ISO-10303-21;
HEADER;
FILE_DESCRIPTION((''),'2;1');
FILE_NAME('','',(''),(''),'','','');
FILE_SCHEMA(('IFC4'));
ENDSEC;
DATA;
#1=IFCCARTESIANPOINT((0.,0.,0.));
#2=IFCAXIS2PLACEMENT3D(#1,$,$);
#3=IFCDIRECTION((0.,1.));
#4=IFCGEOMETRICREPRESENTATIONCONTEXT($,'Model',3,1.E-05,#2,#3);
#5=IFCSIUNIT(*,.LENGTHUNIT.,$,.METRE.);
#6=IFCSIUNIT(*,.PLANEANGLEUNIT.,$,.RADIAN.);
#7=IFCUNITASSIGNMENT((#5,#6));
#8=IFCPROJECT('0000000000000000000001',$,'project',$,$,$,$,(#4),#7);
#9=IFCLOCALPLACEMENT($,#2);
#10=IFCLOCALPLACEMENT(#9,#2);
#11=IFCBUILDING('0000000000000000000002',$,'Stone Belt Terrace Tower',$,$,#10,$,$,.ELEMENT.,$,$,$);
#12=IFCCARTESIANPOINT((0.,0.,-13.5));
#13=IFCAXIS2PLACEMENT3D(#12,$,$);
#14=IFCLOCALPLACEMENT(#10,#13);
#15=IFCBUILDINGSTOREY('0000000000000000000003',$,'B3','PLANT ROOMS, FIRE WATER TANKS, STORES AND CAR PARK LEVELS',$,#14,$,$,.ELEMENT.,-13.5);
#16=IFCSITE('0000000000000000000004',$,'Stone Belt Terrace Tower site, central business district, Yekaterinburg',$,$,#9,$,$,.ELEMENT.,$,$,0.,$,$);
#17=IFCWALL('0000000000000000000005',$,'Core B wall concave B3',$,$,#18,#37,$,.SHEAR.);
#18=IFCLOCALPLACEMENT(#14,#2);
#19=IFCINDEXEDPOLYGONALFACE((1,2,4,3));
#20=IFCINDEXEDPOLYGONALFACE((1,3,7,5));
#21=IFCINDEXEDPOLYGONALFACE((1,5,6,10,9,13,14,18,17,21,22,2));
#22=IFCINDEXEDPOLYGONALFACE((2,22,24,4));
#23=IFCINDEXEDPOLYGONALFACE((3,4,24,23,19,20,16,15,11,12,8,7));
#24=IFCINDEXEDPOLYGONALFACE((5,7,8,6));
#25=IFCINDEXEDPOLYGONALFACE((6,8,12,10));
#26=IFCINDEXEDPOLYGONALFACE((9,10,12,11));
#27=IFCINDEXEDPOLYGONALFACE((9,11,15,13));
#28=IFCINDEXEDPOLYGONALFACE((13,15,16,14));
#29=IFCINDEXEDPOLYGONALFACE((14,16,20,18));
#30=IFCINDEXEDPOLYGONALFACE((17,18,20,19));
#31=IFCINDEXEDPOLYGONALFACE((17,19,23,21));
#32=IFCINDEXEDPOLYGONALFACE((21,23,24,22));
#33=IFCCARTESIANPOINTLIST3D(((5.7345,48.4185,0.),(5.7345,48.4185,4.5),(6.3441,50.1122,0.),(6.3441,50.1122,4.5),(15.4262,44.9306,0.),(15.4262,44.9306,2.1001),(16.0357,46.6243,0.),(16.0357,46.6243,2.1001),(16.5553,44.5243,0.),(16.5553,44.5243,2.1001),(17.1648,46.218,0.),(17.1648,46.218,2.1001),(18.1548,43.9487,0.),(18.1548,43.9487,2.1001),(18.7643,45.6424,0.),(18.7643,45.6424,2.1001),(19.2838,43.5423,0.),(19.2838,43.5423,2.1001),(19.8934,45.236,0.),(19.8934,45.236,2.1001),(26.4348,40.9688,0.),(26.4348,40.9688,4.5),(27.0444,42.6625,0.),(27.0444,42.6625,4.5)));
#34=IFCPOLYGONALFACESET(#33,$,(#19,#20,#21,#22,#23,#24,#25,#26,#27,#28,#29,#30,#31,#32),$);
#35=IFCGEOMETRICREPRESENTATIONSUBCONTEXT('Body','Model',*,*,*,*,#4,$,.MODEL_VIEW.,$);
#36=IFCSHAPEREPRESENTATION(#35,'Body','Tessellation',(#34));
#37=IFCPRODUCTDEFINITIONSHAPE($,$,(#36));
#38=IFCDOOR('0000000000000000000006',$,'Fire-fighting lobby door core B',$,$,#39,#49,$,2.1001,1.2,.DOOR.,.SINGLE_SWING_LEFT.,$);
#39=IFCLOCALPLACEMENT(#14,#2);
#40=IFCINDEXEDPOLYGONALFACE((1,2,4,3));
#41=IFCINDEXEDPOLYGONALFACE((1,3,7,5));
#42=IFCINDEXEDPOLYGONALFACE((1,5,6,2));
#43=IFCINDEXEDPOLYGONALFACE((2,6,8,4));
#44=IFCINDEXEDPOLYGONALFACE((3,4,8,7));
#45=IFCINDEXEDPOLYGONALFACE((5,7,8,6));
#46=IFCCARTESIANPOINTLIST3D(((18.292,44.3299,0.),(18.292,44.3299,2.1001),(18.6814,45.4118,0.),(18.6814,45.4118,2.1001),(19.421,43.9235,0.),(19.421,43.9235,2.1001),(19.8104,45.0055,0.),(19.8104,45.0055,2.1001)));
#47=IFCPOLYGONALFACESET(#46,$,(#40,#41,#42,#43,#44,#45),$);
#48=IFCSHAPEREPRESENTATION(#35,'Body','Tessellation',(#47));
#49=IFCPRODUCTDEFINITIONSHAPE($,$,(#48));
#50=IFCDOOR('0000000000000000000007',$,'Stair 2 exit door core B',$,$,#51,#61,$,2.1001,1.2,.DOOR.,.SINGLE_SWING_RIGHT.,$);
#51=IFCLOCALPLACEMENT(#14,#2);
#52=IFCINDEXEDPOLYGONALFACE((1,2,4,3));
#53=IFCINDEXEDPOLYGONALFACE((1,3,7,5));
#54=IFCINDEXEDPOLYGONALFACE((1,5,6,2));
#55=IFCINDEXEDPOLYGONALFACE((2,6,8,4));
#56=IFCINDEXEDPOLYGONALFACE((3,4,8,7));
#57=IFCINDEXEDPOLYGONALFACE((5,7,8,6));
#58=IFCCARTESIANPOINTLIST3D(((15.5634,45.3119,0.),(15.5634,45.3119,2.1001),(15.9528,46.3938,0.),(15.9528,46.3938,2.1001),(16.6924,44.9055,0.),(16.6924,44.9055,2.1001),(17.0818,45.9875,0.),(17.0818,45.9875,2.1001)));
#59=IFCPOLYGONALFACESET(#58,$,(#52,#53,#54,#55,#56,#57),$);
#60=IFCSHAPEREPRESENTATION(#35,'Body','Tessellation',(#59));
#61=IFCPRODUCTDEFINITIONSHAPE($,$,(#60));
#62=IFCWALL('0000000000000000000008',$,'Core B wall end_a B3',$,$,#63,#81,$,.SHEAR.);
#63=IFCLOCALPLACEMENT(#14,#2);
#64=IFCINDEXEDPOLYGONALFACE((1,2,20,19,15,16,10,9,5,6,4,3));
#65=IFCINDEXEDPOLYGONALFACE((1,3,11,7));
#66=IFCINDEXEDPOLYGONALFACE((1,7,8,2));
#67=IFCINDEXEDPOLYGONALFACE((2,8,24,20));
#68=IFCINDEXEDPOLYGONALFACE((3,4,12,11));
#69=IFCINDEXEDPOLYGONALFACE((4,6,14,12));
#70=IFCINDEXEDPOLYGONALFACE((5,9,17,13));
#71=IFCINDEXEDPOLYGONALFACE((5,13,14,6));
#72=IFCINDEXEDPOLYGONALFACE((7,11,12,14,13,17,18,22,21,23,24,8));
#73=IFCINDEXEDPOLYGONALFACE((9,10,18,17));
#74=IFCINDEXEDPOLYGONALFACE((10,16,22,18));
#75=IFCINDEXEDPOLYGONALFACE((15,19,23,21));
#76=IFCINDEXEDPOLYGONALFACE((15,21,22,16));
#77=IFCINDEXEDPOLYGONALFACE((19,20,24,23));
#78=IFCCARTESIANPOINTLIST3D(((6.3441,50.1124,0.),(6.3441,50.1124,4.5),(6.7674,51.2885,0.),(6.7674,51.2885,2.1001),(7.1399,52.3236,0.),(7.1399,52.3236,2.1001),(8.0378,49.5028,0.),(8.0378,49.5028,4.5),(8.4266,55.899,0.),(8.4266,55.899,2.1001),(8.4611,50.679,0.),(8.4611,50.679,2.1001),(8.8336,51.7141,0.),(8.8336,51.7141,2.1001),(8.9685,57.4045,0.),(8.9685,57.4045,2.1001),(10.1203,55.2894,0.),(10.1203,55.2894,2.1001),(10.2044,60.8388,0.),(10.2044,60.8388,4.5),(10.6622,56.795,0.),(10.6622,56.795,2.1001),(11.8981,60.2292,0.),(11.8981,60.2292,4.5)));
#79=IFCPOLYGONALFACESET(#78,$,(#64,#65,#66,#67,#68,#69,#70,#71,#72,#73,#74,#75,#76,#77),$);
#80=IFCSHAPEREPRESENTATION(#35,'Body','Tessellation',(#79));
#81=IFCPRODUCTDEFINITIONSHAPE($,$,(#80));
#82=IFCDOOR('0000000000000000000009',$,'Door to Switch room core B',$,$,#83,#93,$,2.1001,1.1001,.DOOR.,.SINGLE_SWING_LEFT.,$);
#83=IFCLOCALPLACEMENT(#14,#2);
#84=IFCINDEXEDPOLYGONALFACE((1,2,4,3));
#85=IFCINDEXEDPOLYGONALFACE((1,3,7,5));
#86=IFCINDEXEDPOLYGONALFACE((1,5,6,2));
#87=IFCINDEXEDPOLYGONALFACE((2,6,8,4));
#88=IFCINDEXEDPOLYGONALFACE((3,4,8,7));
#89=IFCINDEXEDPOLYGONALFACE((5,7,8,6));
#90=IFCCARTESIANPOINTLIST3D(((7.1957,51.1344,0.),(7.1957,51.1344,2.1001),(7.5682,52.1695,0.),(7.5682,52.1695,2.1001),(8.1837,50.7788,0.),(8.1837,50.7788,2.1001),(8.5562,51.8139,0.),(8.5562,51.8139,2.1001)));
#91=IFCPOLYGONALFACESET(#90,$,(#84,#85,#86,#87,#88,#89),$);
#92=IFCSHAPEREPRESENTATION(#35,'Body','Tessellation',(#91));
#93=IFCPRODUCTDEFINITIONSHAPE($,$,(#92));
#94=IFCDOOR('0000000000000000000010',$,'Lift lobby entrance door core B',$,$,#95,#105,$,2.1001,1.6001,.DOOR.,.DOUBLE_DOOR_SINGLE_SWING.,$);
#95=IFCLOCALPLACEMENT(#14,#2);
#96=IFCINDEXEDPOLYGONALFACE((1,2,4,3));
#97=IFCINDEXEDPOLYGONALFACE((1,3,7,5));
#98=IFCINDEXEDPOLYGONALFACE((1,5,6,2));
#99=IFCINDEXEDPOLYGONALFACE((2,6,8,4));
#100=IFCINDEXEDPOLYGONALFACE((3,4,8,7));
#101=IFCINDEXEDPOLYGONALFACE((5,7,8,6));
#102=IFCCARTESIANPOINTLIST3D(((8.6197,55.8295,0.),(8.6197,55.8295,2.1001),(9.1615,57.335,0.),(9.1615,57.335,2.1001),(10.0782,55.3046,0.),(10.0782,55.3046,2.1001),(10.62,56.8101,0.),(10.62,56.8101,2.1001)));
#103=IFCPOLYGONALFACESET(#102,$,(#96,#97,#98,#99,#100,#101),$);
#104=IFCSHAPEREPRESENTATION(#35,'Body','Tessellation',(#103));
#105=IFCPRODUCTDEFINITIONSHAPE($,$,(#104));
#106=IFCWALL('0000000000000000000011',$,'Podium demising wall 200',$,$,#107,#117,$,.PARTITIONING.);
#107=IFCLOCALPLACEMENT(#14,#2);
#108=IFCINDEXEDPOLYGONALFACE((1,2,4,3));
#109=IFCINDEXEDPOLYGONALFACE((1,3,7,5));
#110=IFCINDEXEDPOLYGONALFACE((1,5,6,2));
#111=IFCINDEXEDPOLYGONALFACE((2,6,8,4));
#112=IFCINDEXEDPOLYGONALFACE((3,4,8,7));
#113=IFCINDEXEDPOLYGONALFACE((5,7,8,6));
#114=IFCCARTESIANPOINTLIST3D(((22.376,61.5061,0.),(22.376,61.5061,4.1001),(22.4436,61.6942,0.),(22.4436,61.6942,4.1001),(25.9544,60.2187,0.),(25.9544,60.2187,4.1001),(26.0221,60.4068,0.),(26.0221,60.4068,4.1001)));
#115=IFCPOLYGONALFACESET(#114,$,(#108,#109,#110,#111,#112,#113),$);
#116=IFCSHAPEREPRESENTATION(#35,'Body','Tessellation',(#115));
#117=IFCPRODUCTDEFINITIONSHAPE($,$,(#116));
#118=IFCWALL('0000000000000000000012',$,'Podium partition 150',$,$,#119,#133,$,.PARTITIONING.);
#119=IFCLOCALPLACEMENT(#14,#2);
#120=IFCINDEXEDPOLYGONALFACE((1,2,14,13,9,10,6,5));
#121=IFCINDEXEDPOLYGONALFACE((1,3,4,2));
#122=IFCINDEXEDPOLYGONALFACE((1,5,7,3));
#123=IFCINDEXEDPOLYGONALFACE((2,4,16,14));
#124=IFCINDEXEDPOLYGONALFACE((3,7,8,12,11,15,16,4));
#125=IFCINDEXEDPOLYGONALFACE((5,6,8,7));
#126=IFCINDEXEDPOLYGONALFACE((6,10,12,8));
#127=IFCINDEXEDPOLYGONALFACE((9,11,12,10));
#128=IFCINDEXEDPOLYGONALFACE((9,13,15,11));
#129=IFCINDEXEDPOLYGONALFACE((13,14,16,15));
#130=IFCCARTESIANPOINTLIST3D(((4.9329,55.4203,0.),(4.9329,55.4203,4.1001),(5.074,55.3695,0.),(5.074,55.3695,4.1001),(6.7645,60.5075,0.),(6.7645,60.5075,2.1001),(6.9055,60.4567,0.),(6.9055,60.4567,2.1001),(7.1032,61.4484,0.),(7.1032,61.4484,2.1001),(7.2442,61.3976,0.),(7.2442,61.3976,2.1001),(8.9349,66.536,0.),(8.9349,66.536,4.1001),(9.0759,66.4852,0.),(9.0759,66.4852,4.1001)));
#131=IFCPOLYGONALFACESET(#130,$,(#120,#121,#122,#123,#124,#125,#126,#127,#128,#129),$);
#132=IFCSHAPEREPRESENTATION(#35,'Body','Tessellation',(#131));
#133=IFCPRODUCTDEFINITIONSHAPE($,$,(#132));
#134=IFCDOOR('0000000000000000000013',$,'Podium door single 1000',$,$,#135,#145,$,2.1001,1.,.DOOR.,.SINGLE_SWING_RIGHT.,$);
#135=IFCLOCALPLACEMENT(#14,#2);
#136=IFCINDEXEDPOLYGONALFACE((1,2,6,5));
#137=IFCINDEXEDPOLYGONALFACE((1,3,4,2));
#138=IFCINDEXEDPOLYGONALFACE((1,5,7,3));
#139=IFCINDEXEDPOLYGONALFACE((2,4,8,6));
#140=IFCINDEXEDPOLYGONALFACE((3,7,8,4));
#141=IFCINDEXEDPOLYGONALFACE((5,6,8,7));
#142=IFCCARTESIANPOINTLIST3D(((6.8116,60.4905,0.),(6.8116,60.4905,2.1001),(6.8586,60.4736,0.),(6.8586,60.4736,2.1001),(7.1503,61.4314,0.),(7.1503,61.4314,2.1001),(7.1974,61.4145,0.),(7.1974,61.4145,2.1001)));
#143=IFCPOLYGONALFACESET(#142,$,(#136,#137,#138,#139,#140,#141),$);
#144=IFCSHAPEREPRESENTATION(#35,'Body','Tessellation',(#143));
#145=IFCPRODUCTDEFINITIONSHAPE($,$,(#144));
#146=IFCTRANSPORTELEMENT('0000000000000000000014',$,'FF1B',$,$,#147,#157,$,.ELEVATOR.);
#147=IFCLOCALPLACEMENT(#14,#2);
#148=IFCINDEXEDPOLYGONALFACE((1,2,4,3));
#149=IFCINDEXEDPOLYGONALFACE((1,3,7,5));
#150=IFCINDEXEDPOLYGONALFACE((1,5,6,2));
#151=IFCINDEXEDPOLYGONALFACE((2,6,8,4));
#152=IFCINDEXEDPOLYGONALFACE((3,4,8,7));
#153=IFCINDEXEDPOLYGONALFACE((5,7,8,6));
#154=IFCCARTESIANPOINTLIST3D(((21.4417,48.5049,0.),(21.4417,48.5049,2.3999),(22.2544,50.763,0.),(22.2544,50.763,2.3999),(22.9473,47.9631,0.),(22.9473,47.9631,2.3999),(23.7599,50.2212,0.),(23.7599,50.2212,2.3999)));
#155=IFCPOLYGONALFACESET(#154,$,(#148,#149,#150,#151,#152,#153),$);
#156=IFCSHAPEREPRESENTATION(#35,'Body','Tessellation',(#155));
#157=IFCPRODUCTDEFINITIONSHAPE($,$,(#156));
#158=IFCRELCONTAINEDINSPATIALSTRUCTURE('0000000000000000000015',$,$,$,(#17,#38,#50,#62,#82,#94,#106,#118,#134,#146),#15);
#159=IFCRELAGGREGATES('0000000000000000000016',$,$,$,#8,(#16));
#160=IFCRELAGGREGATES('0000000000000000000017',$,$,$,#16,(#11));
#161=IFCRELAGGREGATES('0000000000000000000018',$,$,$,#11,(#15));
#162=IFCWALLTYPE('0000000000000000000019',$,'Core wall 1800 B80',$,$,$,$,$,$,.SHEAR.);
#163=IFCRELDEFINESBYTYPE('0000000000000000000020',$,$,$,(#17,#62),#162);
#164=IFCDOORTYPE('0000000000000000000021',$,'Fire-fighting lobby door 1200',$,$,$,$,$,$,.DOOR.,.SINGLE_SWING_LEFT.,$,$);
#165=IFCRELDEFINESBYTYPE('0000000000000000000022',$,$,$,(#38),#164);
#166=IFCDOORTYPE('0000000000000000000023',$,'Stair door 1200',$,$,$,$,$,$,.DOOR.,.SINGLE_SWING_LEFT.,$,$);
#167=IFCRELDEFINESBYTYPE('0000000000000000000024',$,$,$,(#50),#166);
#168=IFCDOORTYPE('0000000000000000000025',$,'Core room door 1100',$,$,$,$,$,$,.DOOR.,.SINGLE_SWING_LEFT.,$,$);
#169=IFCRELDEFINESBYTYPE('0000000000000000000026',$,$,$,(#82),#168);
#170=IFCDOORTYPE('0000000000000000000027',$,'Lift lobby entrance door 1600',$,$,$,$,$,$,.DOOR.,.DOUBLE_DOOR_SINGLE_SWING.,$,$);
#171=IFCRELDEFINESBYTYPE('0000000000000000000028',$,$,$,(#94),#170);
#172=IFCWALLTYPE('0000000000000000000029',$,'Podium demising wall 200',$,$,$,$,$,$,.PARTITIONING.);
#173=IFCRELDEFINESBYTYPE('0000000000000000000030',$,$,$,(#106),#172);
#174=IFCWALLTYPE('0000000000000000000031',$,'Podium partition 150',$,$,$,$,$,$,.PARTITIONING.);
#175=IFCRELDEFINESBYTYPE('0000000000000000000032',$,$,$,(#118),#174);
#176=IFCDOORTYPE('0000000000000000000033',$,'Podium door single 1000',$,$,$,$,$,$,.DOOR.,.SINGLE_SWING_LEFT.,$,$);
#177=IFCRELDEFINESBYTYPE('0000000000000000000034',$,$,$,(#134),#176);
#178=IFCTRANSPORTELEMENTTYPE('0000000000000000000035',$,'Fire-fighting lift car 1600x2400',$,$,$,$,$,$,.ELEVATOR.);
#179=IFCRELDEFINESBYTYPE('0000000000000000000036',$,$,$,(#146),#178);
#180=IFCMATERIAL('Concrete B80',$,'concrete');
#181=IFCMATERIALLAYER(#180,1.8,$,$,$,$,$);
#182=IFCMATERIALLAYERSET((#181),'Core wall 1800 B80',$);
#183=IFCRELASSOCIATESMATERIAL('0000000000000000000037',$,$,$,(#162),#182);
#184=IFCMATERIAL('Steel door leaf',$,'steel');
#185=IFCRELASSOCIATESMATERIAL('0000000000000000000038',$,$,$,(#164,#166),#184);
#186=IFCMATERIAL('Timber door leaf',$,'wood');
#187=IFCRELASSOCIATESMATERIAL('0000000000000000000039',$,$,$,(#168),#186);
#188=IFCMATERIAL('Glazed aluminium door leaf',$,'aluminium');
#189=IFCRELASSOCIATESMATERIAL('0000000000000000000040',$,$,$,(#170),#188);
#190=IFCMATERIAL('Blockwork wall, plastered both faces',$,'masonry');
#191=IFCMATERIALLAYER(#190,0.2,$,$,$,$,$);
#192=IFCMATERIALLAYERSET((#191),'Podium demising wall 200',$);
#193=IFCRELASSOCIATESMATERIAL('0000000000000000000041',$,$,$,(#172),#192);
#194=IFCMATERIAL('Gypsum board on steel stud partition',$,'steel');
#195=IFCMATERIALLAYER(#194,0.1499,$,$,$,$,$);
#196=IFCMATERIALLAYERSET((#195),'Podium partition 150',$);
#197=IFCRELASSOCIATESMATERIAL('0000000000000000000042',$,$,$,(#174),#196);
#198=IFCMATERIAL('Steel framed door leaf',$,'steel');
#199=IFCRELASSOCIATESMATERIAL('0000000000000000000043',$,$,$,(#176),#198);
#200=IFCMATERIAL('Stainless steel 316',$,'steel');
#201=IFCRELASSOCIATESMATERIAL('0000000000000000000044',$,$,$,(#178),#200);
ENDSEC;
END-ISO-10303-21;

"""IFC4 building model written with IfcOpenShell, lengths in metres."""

from ifc_helpers import new_model, si_unit, direction, frame, frame_2d, origin, origin_2d, place, context, subcontext, project, spatial, rectangle, extrude, material, layer, layer_set, type_object, element, fill, save


model = new_model("IFC4")

# Units and contexts
model_context = context("Model", 3, precision=1e-05, world=origin(), true_north=direction((0.0, 1.0)))
body_context = subcontext(model_context, "Body", "Model", "MODEL_VIEW")
ifc_project = project(units=[si_unit("LENGTHUNIT", "METRE"), si_unit("PLANEANGLEUNIT", "RADIAN")], contexts=[model_context])

# Site, building, storey
site_placement = place(None, origin())
site = spatial("IfcSite", under=ifc_project, at=site_placement, Name="Stone Belt Terrace Tower site, central business district, Yekaterinburg", CompositionType="ELEMENT", RefElevation=0.0)
building_placement = place(site_placement, origin())
building = spatial("IfcBuilding", under=site, at=building_placement, Name="Stone Belt Terrace Tower", CompositionType="ELEMENT")
storey_placement = place(building_placement, frame((0.0, 0.0, -13.5)))
storey = spatial("IfcBuildingStorey", under=building, at=storey_placement, Name="B3", Description="PLANT ROOMS, FIRE WATER TANKS, STORES AND CAR PARK LEVELS", CompositionType="ELEMENT", Elevation=-13.5)

# Shared definitions
ifc_material_1 = material(Name="Concrete B80", Category="concrete")

# Shared definitions
ifc_material_2 = material(Name="Timber door leaf", Category="wood")

# Walls, openings, doors
ifc_layer_1 = layer(ifc_material_1, 1.8)
ifc_layer_set_1 = layer_set([ifc_layer_1], Name="Core wall 1800 B80")
wall_type_1 = type_object("IfcWallType", Name="Core wall 1800 B80", PredefinedType="SHEAR", material=ifc_layer_set_1)
wall_1_placement = place(storey_placement, frame((6.0393, 49.2654, 0.0), z_axis=(0.0, 0.0, 1.0), x_axis=(0.940922, -0.338624, 0.0)))
wall_1 = element("IfcWall", 1, at=wall_1_placement, inside=storey, type_object=wall_type_1, Name="Core B wall concave B3", PredefinedType="SHEAR", context=body_context, shape_type="SweptSolid", body=[
    extrude(rectangle(XDim=22.0, YDim=1.8, at=frame_2d((11.0, 0.0))), origin(), (0.0, 0.0, 1.0), 4.5),
])
opening_1_placement = place(wall_1_placement, frame((13.2, 0.0, 0.0)))
opening_1 = element("IfcOpeningElement", 2, at=opening_1_placement, cuts=wall_1, PredefinedType="OPENING", context=body_context, shape_type="SweptSolid", body=[
    extrude(rectangle(XDim=1.2, YDim=2.1001, at=frame_2d((0.6001, 1.05))), frame((0.0, 0.9099, 0.0), z_axis=(0.0, -1.0, 0.0), x_axis=(1.0, 0.0, 0.0)), (0.0, 0.0, 1.0), 1.8201),
])
opening_2_placement = place(wall_1_placement, frame((10.3, 0.0, 0.0)))
opening_2 = element("IfcOpeningElement", 3, at=opening_2_placement, cuts=wall_1, PredefinedType="OPENING", context=body_context, shape_type="SweptSolid", body=[
    extrude(rectangle(XDim=1.2, YDim=2.1001, at=frame_2d((0.6001, 1.05))), frame((0.0, 0.9099, 0.0), z_axis=(0.0, -1.0, 0.0), x_axis=(1.0, 0.0, 0.0)), (0.0, 0.0, 1.0), 1.8201),
])
ifc_material_3 = material(Name="Steel door leaf", Category="steel")
door_type_1 = type_object("IfcDoorType", Name="Fire-fighting lobby door 1200", OperationType="SINGLE_SWING_LEFT", PredefinedType="DOOR", material=ifc_material_3)
door_1_placement = place(opening_1_placement, origin())
door_1 = element("IfcDoor", 4, at=door_1_placement, inside=storey, type_object=door_type_1, Name="Fire-fighting lobby door core B", OperationType="SINGLE_SWING_LEFT", OverallHeight=2.1001, OverallWidth=1.2, PredefinedType="DOOR", context=body_context, shape_type="SweptSolid", body=[
    extrude(rectangle(XDim=1.2, YDim=2.1001, at=frame_2d((0.6001, 1.05))), frame((0.0, 0.655, 0.0), z_axis=(0.0, -1.0, 0.0), x_axis=(1.0, 0.0, 0.0)), (0.0, 0.0, 1.0), 1.1499),
])
fill(opening_1, door_1)
door_type_2 = type_object("IfcDoorType", Name="Stair door 1200", OperationType="SINGLE_SWING_LEFT", PredefinedType="DOOR", material=ifc_material_3)
door_2_placement = place(opening_2_placement, origin())
door_2 = element("IfcDoor", 5, at=door_2_placement, inside=storey, type_object=door_type_2, Name="Stair 2 exit door core B", OperationType="SINGLE_SWING_RIGHT", OverallHeight=2.1001, OverallWidth=1.2, PredefinedType="DOOR", context=body_context, shape_type="SweptSolid", body=[
    extrude(rectangle(XDim=1.2, YDim=2.1001, at=frame_2d((0.6001, 1.05))), frame((0.0, 0.655, 0.0), z_axis=(0.0, -1.0, 0.0), x_axis=(1.0, 0.0, 0.0)), (0.0, 0.0, 1.0), 1.1499),
])
fill(opening_2, door_2)
wall_2_placement = place(storey_placement, frame((7.1909, 49.8076, 0.0), z_axis=(0.0, 0.0, 1.0), x_axis=(0.338632, 0.940919, 0.0)))
wall_2 = element("IfcWall", 6, at=wall_2_placement, inside=storey, type_object=wall_type_1, Name="Core B wall end_a B3", PredefinedType="SHEAR", context=body_context, shape_type="SweptSolid", body=[
    extrude(rectangle(XDim=11.3999, YDim=1.8, at=frame_2d((5.7, 0.0))), origin(), (0.0, 0.0, 1.0), 4.5),
])
opening_3_placement = place(wall_2_placement, frame((6.1499, 0.0, 0.0)))
opening_3 = element("IfcOpeningElement", 7, at=opening_3_placement, cuts=wall_2, PredefinedType="OPENING", context=body_context, shape_type="SweptSolid", body=[
    extrude(rectangle(XDim=1.6001, YDim=2.1001, at=frame_2d((0.8, 1.05))), frame((0.0, 0.9099, 0.0), z_axis=(0.0, -1.0, 0.0), x_axis=(1.0, 0.0, 0.0)), (0.0, 0.0, 1.0), 1.8201),
])
opening_4_placement = place(wall_2_placement, frame((1.25, 0.0, 0.0)))
opening_4 = element("IfcOpeningElement", 8, at=opening_4_placement, cuts=wall_2, PredefinedType="OPENING", context=body_context, shape_type="SweptSolid", body=[
    extrude(rectangle(XDim=1.1001, YDim=2.1001, at=frame_2d((0.55, 1.05))), frame((0.0, 0.9099, 0.0), z_axis=(0.0, -1.0, 0.0), x_axis=(1.0, 0.0, 0.0)), (0.0, 0.0, 1.0), 1.8201),
])
door_type_3 = type_object("IfcDoorType", Name="Core room door 1100", OperationType="SINGLE_SWING_LEFT", PredefinedType="DOOR", material=ifc_material_2)
door_3_placement = place(opening_4_placement, origin())
door_3 = element("IfcDoor", 9, at=door_3_placement, inside=storey, type_object=door_type_3, Name="Door to Switch room core B", OperationType="SINGLE_SWING_LEFT", OverallHeight=2.1001, OverallWidth=1.1001, PredefinedType="DOOR", context=body_context, shape_type="SweptSolid", body=[
    extrude(rectangle(XDim=1.1001, YDim=2.1001, at=frame_2d((0.55, 1.05))), frame((0.0, 0.4448, 0.0), z_axis=(0.0, -1.0, 0.0), x_axis=(1.0, 0.0, 0.0)), (0.0, 0.0, 1.0), 1.05),
])
fill(opening_4, door_3)
ifc_material_4 = material(Name="Glazed aluminium door leaf", Category="aluminium")
door_type_4 = type_object("IfcDoorType", Name="Lift lobby entrance door 1600", OperationType="DOUBLE_DOOR_SINGLE_SWING", PredefinedType="DOOR", material=ifc_material_4)
door_4_placement = place(opening_3_placement, origin())
door_4 = element("IfcDoor", 10, at=door_4_placement, inside=storey, type_object=door_type_4, Name="Lift lobby entrance door core B", OperationType="DOUBLE_DOOR_SINGLE_SWING", OverallHeight=2.1001, OverallWidth=1.6001, PredefinedType="DOOR", context=body_context, shape_type="SweptSolid", body=[
    extrude(rectangle(XDim=1.6001, YDim=2.1001, at=frame_2d((0.8, 1.05))), frame((0.0, 0.6948, 0.0), z_axis=(0.0, -1.0, 0.0), x_axis=(1.0, 0.0, 0.0)), (0.0, 0.0, 1.0), 1.55),
])
fill(opening_3, door_4)

# Wall
ifc_material_5 = material(Name="Blockwork wall, plastered both faces", Category="masonry")
ifc_layer_2 = layer(ifc_material_5, 0.2)
ifc_layer_set_2 = layer_set([ifc_layer_2], Name="Podium demising wall 200")
wall_type_2 = type_object("IfcWallType", Name="Podium demising wall 200", PredefinedType="PARTITIONING", material=ifc_layer_set_2)
wall_3_placement = place(storey_placement, frame((22.4099, 61.6001, 0.0), z_axis=(0.0, 0.0, 1.0), x_axis=(0.940959, -0.338519, 0.0)))
element("IfcWall", 11, at=wall_3_placement, inside=storey, type_object=wall_type_2, Name="Podium demising wall 200", PredefinedType="PARTITIONING", context=body_context, shape_type="SweptSolid", body=[
    extrude(rectangle(XDim=3.803, YDim=0.2, at=frame_2d((1.9014, 0.0))), origin(), (0.0, 0.0, 1.0), 4.1001),
])

# Wall, opening, door
ifc_material_6 = material(Name="Gypsum board on steel stud partition", Category="steel")
ifc_layer_3 = layer(ifc_material_6, 0.1499)
ifc_layer_set_3 = layer_set([ifc_layer_3], Name="Podium partition 150")
wall_type_3 = type_object("IfcWallType", Name="Podium partition 150", PredefinedType="PARTITIONING", material=ifc_layer_set_3)
wall_4_placement = place(storey_placement, frame((5.0034, 55.3948, 0.0), z_axis=(0.0, 0.0, 1.0), x_axis=(0.338741, 0.94088, 0.0)))
wall_4 = element("IfcWall", 12, at=wall_4_placement, inside=storey, type_object=wall_type_3, Name="Podium partition 150", PredefinedType="PARTITIONING", context=body_context, shape_type="SweptSolid", body=[
    extrude(rectangle(XDim=11.8142, YDim=0.1499, at=frame_2d((5.9072, 0.0))), origin(), (0.0, 0.0, 1.0), 4.1001),
])
opening_5_placement = place(wall_4_placement, frame((5.407, 0.0, 0.0)))
opening_5 = element("IfcOpeningElement", 13, at=opening_5_placement, cuts=wall_4, PredefinedType="OPENING", context=body_context, shape_type="SweptSolid", body=[
    extrude(rectangle(XDim=1.0, YDim=2.1001, at=frame_2d((0.5, 1.05))), frame((0.0, 0.085, 0.0), z_axis=(0.0, -1.0, 0.0), x_axis=(1.0, 0.0, 0.0)), (0.0, 0.0, 1.0), 0.1699),
])
ifc_material_7 = material(Name="Steel framed door leaf", Category="steel")
door_type_5 = type_object("IfcDoorType", Name="Podium door single 1000", OperationType="SINGLE_SWING_LEFT", PredefinedType="DOOR", material=ifc_material_7)
door_5_placement = place(opening_5_placement, origin())
door_5 = element("IfcDoor", 14, at=door_5_placement, inside=storey, type_object=door_type_5, Name="Podium door single 1000", OperationType="SINGLE_SWING_RIGHT", OverallHeight=2.1001, OverallWidth=1.0, PredefinedType="DOOR", context=body_context, shape_type="SweptSolid", body=[
    extrude(rectangle(XDim=1.0, YDim=2.1001, at=frame_2d((0.5, 1.05))), frame((0.0, 0.0249, 0.0), z_axis=(0.0, -1.0, 0.0), x_axis=(1.0, 0.0, 0.0)), (0.0, 0.0, 1.0), 0.05),
])
fill(opening_5, door_5)

# Transport element
ifc_material_8 = material(Name="Stainless steel 316", Category="steel")
transport_element_type = type_object("IfcTransportElementType", Name="Fire-fighting lift car 1600x2400", PredefinedType="ELEVATOR", material=ifc_material_8)
for number, where, z_axis, x_axis, name in (
    (15, (22.6008, 49.363, 0.0), (0.0, 0.0, 1.0), (-0.940922, 0.338625, 0.0), "FF1B"),
):
    element("IfcTransportElement", number, at=place(storey_placement, frame(where, z_axis=z_axis, x_axis=x_axis)), inside=storey, type_object=transport_element_type, Name=name, PredefinedType="ELEVATOR", context=body_context, shape_type="SweptSolid", body=[
        extrude(rectangle(XDim=1.6001, YDim=2.3999, at=origin_2d()), origin(), (0.0, 0.0, 1.0), 2.3999),
    ])

save(model, "model.ifc")
